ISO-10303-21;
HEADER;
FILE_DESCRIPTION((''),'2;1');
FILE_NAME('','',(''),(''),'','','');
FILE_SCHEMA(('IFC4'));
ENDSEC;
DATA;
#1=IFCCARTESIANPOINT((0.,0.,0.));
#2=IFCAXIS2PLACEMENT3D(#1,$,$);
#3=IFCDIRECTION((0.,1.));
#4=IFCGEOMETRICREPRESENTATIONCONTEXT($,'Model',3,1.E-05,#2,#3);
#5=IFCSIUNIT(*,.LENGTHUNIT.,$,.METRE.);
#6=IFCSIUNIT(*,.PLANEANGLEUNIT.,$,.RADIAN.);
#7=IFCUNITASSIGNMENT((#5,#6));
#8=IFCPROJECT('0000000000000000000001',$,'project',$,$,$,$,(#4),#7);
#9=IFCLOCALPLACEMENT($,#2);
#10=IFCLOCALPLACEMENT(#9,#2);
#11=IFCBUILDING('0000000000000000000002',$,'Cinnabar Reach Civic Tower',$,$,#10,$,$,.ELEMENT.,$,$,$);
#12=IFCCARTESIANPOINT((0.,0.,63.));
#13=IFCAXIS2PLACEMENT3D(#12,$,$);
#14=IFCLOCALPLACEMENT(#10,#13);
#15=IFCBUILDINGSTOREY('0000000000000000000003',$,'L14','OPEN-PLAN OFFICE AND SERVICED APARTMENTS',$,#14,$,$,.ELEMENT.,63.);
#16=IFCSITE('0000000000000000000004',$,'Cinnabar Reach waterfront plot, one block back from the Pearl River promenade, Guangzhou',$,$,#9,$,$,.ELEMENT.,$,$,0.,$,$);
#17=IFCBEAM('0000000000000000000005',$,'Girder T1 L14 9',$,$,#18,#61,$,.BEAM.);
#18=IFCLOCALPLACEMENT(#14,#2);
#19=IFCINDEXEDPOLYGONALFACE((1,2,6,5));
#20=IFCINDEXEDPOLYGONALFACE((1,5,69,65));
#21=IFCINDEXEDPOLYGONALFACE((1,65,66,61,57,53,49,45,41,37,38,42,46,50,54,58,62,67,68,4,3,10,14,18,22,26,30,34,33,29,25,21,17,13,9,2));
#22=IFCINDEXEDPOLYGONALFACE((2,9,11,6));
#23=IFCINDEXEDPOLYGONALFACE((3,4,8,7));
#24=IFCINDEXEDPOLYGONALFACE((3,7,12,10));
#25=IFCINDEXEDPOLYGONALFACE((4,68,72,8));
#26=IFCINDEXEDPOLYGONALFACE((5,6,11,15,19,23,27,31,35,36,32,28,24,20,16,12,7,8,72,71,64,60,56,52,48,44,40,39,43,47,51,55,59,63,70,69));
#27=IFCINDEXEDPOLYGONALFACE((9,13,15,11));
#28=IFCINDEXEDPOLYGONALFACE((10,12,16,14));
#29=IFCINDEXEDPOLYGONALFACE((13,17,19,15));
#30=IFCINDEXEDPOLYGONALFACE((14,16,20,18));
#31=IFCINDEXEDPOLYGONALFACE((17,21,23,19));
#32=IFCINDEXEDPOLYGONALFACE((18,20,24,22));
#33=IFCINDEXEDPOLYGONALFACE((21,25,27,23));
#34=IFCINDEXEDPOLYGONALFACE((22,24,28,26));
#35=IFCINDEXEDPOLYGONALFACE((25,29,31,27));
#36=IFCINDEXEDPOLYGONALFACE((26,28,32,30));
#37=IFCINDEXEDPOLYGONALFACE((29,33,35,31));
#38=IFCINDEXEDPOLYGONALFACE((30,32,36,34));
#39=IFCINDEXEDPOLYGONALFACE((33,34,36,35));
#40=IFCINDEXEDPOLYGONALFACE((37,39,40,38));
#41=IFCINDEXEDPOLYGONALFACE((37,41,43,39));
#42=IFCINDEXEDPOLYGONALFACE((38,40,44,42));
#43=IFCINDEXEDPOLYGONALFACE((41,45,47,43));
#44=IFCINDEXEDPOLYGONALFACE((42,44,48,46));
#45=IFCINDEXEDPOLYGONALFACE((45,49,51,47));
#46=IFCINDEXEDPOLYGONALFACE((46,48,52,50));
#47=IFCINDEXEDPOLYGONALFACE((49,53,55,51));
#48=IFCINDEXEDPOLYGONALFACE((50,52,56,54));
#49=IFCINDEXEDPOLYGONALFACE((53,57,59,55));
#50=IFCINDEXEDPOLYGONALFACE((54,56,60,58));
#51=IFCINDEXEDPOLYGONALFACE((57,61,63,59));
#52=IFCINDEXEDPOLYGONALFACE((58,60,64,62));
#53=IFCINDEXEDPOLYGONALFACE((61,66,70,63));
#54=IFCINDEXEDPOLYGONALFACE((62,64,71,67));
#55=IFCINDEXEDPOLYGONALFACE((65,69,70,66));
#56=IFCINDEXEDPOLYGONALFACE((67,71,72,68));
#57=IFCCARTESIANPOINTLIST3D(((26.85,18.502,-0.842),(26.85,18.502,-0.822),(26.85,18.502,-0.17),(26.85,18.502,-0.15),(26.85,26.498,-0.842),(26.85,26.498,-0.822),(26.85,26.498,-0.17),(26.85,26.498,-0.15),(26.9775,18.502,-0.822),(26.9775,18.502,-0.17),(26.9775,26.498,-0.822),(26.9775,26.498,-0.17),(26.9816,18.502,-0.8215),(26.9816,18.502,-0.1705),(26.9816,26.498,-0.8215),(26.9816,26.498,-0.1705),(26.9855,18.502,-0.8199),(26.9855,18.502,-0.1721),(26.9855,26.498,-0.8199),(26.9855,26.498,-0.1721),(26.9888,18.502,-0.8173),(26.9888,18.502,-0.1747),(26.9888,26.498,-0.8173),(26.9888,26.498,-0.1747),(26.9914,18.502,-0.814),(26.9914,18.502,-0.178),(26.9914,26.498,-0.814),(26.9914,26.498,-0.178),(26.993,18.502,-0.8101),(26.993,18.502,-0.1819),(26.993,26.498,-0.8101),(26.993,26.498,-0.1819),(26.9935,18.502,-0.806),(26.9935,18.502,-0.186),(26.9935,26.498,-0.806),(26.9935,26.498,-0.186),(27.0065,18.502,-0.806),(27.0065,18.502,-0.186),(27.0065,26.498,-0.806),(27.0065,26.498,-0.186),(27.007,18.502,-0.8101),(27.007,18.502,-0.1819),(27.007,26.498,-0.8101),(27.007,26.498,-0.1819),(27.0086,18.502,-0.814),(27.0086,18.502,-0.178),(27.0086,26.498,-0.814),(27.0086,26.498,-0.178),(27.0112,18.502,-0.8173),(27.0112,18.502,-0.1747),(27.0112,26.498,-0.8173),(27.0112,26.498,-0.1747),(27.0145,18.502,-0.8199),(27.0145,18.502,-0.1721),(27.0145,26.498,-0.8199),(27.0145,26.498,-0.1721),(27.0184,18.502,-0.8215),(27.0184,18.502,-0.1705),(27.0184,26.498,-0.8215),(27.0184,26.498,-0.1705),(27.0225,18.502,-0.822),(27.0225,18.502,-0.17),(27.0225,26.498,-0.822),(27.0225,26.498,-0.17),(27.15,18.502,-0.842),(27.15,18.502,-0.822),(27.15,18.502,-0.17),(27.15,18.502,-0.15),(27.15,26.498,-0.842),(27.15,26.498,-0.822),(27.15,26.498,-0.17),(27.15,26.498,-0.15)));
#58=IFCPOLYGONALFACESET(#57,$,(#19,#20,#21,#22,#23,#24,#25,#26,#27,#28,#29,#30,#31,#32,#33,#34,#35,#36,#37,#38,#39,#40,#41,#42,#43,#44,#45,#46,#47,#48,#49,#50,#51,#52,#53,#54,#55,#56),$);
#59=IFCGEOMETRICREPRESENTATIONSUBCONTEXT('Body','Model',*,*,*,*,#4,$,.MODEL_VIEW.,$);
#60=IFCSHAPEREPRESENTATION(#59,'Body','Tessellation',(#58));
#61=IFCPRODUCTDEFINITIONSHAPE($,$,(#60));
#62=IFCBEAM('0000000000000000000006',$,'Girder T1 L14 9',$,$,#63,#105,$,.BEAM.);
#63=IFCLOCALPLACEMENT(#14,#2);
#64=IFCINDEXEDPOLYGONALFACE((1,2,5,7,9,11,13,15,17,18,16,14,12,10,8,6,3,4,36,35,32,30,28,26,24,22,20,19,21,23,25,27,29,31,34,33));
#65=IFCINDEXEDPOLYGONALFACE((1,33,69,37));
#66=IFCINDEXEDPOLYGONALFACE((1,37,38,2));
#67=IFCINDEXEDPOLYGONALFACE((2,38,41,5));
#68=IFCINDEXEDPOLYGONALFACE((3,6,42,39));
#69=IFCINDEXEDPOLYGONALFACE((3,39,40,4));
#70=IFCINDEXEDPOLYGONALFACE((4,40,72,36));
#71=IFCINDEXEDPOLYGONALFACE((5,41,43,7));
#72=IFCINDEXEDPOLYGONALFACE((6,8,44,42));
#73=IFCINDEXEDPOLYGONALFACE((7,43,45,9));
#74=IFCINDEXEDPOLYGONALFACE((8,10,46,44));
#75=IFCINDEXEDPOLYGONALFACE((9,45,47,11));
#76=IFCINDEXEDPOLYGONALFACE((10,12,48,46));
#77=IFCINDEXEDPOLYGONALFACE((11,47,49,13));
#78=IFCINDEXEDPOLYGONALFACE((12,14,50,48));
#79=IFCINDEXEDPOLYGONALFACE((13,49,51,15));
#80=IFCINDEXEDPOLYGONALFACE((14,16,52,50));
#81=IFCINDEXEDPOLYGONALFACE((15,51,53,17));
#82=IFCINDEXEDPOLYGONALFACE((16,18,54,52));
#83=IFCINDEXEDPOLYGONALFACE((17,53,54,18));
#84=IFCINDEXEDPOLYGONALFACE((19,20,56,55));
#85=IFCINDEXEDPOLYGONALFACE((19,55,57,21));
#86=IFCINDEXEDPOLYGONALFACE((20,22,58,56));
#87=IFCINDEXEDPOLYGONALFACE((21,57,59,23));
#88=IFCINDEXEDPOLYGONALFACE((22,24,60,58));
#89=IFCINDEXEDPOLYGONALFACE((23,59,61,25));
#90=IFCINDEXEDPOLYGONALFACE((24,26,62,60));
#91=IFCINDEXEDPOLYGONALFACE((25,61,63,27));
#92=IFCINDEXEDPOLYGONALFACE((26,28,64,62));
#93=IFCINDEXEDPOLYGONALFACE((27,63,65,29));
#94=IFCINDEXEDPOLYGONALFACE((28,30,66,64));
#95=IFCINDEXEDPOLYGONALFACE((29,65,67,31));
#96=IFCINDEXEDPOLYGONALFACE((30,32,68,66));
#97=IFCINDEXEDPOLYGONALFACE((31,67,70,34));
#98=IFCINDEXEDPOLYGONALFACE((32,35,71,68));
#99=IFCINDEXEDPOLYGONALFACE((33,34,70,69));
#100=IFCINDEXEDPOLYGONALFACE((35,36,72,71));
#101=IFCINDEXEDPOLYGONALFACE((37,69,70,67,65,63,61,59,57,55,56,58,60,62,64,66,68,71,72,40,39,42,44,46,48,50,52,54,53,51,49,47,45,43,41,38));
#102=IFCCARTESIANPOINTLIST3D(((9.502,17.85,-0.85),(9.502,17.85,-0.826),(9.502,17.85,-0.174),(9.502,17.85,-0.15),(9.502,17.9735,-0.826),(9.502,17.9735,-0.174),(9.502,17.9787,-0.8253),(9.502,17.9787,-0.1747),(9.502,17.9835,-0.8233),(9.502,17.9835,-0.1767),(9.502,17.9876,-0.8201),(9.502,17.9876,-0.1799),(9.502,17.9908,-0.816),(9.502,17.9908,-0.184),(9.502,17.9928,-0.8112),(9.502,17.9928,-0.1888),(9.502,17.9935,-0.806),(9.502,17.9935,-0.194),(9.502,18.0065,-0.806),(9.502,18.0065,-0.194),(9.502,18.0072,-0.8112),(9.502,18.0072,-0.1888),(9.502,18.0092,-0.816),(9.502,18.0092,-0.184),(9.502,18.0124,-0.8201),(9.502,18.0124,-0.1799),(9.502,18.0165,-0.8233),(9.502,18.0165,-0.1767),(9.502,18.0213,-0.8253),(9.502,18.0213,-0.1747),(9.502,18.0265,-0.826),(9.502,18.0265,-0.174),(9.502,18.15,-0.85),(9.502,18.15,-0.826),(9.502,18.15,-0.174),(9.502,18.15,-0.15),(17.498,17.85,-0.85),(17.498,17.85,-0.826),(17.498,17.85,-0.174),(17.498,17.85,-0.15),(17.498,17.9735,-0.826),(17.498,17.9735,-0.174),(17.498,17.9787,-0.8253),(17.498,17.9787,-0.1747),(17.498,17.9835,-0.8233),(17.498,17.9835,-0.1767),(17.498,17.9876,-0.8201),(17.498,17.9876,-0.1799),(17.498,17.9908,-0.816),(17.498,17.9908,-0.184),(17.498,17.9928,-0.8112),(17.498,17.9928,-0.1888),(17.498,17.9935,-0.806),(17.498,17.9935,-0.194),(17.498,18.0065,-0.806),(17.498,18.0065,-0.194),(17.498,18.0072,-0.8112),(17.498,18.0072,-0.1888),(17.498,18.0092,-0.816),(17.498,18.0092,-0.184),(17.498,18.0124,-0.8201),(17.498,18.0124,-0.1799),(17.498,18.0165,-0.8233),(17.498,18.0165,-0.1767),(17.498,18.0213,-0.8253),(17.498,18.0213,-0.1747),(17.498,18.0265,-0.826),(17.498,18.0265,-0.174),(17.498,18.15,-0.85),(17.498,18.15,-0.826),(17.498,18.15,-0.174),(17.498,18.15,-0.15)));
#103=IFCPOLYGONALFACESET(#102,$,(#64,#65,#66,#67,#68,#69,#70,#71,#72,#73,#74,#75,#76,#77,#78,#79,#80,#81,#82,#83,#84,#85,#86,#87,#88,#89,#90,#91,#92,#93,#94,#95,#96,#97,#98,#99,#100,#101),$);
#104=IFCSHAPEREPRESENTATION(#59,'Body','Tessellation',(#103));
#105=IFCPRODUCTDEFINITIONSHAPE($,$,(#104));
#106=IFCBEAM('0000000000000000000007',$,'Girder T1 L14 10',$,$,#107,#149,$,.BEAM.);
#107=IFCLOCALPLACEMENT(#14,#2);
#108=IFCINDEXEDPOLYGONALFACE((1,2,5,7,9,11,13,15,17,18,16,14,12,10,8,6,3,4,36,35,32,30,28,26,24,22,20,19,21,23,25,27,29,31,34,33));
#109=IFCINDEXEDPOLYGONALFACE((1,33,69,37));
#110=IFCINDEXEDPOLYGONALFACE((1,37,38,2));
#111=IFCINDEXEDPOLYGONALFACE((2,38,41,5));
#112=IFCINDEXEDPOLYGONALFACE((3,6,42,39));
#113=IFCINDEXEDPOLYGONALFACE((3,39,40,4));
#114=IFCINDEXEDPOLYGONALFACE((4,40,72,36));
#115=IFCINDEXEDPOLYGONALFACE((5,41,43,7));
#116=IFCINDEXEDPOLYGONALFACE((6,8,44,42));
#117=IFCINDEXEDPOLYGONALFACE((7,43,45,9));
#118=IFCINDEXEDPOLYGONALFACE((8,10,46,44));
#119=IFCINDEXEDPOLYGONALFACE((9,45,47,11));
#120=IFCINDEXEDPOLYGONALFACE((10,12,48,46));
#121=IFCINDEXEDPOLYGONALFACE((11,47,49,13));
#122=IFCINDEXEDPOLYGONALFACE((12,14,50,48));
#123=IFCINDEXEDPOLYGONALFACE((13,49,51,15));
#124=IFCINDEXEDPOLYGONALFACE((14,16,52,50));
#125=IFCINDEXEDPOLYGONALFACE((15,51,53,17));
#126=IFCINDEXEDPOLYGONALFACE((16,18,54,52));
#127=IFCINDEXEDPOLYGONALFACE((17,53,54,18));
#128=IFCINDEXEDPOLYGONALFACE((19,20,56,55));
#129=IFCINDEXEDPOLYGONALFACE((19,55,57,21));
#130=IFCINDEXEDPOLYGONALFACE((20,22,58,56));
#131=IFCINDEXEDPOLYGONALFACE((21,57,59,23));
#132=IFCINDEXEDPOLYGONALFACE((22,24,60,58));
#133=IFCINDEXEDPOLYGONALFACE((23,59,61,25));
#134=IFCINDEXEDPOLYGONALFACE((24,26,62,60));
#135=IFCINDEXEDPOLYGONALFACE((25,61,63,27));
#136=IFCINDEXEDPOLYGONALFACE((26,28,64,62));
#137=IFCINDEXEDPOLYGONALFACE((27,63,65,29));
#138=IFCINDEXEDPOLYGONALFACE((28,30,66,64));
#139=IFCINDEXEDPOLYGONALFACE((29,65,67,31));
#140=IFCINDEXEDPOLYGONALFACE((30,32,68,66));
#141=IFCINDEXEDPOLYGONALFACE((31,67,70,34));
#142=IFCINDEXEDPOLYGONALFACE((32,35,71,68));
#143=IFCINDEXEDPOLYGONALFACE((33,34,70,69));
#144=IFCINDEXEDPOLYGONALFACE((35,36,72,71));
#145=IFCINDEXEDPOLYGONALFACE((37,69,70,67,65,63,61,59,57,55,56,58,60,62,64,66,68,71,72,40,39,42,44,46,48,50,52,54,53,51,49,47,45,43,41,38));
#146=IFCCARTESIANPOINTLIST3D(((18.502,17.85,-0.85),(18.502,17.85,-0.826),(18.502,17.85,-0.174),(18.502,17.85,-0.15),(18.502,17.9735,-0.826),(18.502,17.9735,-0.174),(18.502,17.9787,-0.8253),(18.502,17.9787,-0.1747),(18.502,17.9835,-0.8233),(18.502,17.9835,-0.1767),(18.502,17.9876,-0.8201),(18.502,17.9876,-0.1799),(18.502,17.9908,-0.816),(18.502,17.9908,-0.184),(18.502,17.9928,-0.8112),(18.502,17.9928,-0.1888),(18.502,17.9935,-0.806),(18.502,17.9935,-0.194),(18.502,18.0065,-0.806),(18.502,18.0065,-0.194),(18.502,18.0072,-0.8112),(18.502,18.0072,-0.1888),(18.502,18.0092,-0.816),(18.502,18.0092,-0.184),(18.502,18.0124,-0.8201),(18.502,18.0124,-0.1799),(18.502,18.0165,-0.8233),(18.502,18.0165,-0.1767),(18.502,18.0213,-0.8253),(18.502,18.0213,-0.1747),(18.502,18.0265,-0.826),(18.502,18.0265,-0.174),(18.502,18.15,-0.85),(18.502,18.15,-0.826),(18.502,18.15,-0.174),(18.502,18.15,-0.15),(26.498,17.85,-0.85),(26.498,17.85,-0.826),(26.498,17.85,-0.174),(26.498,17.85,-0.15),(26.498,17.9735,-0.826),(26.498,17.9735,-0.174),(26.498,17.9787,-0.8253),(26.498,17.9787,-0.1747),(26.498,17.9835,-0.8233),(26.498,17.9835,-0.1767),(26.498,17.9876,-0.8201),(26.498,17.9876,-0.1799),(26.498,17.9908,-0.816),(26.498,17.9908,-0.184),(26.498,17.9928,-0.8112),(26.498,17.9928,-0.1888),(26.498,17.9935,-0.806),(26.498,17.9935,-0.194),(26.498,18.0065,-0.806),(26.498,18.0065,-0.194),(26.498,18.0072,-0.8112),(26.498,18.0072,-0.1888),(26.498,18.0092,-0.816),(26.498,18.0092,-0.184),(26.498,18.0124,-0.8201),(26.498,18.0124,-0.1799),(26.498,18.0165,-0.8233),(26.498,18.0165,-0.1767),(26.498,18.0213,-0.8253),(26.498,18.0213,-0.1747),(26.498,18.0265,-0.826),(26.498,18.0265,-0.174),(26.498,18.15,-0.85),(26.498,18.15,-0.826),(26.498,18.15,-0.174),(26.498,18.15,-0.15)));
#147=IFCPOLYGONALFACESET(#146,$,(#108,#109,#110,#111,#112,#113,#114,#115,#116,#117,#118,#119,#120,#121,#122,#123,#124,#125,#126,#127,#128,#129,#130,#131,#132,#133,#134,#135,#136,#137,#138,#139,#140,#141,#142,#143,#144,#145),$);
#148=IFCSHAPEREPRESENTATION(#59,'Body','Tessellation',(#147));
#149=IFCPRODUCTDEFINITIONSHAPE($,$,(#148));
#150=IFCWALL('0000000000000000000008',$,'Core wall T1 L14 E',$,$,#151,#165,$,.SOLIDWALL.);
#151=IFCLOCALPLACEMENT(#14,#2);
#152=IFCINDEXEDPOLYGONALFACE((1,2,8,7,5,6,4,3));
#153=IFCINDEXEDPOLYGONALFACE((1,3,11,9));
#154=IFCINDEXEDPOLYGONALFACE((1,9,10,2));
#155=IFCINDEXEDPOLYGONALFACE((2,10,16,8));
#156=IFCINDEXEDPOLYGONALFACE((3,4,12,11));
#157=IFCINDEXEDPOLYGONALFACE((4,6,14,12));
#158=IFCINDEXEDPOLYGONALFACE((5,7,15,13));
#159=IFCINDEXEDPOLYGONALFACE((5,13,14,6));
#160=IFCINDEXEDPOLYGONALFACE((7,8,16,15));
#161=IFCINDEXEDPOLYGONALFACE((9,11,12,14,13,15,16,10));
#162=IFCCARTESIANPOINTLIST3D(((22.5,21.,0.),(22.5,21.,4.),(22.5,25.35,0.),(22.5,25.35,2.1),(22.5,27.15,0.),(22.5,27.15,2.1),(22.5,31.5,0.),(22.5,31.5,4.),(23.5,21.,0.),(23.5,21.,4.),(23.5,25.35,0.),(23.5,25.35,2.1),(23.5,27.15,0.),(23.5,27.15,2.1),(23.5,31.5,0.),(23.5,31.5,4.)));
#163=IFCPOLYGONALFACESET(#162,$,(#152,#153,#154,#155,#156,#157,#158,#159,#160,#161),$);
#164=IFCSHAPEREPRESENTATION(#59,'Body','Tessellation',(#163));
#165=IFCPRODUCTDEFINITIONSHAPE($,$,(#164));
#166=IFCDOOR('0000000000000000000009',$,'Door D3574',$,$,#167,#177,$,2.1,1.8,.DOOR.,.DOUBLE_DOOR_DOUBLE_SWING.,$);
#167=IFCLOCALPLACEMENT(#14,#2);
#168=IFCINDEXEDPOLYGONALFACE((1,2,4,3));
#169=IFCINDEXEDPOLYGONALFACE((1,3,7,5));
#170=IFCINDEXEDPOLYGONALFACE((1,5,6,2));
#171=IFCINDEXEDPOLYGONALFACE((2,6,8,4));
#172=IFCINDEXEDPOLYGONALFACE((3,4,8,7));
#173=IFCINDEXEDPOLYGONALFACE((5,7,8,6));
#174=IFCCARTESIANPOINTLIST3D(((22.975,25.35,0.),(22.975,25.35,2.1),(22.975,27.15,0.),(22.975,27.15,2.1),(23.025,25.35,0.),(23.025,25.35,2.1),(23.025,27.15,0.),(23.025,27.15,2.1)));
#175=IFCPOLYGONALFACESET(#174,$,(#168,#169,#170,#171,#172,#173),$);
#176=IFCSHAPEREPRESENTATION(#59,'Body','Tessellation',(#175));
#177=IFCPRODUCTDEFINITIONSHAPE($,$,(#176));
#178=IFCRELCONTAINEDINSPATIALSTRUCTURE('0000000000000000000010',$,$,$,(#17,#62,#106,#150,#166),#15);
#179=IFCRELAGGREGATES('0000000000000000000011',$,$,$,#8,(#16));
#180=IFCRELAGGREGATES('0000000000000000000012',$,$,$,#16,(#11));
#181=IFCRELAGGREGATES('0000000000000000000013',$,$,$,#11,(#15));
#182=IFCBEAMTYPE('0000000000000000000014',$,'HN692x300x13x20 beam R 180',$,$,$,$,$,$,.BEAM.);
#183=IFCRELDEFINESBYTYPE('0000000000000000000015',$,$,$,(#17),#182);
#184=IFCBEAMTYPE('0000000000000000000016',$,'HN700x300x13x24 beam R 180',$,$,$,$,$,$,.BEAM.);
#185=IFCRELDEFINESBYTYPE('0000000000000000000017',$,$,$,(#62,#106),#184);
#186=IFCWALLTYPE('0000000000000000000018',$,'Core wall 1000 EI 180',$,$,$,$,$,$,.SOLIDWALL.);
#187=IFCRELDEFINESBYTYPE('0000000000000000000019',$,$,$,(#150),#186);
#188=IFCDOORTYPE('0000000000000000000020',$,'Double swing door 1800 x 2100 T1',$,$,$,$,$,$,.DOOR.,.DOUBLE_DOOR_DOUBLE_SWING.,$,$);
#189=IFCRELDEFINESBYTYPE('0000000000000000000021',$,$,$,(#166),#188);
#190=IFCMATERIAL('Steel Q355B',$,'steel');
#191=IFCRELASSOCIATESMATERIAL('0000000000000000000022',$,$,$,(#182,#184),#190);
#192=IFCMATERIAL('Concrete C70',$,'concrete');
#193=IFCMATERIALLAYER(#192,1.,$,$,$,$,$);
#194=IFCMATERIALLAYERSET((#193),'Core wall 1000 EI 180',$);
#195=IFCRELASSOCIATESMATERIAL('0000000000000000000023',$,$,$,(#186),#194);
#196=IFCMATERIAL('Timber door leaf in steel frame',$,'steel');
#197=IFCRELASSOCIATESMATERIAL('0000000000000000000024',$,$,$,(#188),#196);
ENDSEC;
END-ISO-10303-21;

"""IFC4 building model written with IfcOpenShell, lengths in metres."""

from ifc_helpers import new_model, si_unit, direction, frame, frame_2d, origin, origin_2d, place, context, subcontext, project, spatial, rectangle, i_section, extrude, material, layer, layer_set, material_profile, profile_set, type_object, element, fill, save


model = new_model("IFC4")

# Units and contexts
model_context = context("Model", 3, precision=1e-05, world=origin(), true_north=direction((0.0, 1.0)))
body_context = subcontext(model_context, "Body", "Model", "MODEL_VIEW")
ifc_project = project(units=[si_unit("LENGTHUNIT", "METRE"), si_unit("PLANEANGLEUNIT", "RADIAN")], contexts=[model_context])

# Site, building, storey
site_placement = place(None, origin())
site = spatial("IfcSite", under=ifc_project, at=site_placement, Name="Cinnabar Reach waterfront plot, one block back from the Pearl River promenade, Guangzhou", CompositionType="ELEMENT", RefElevation=0.0)
building_placement = place(site_placement, origin())
building = spatial("IfcBuilding", under=site, at=building_placement, Name="Cinnabar Reach Civic Tower", CompositionType="ELEMENT")
storey_placement = place(building_placement, frame((0.0, 0.0, 63.0)))
storey = spatial("IfcBuildingStorey", under=building, at=storey_placement, Name="L14", Description="OPEN-PLAN OFFICE AND SERVICED APARTMENTS", CompositionType="ELEMENT", Elevation=63.0)

# Shared definitions
ifc_material_1 = material(Name="Concrete C70", Category="concrete")

# Beams
ifc_material_2 = material(Name="Steel Q355B", Category="steel")
ifc_material_profile_1 = material_profile(ifc_material_2, i_section(OverallWidth=0.3, OverallDepth=0.692, WebThickness=0.013, FlangeThickness=0.02, FilletRadius=0.016, at=origin_2d()), Name="HN692x300x13x20")
ifc_profile_set_1 = profile_set([ifc_material_profile_1], Name="Steel Q355B")
beam_type_1 = type_object("IfcBeamType", Name="HN692x300x13x20 beam R 180", PredefinedType="BEAM", material=ifc_profile_set_1)
beam_1_placement = place(storey_placement, frame((27.0, 18.502, -0.496), z_axis=(0.0, 1.0, 0.0), x_axis=(-1.0, 0.0, 0.0)))
element("IfcBeam", 1, at=beam_1_placement, inside=storey, type_object=beam_type_1, Name="Girder T1 L14 9", PredefinedType="BEAM", context=body_context, shape_type="SweptSolid", body=[
    extrude(i_section(OverallWidth=0.3, OverallDepth=0.692, WebThickness=0.013, FlangeThickness=0.02, FilletRadius=0.016, at=origin_2d()), origin(), (0.0, 0.0, 1.0), 7.996),
])
ifc_material_profile_2 = material_profile(ifc_material_2, i_section(OverallWidth=0.3, OverallDepth=0.7, WebThickness=0.013, FlangeThickness=0.024, FilletRadius=0.02, at=origin_2d()), Name="HN700x300x13x24")
ifc_profile_set_2 = profile_set([ifc_material_profile_2], Name="Steel Q355B")
beam_type_2 = type_object("IfcBeamType", Name="HN700x300x13x24 beam R 180", PredefinedType="BEAM", material=ifc_profile_set_2)
for number, where, z_axis, x_axis, name in (
    (2, (9.502, 18.0, -0.5), (1.0, 0.0, 0.0), (0.0, 1.0, 0.0), "Girder T1 L14 9"),
    (3, (18.502, 18.0, -0.5), (1.0, 0.0, 0.0), (0.0, 1.0, 0.0), "Girder T1 L14 10"),
):
    element("IfcBeam", number, at=place(storey_placement, frame(where, z_axis=z_axis, x_axis=x_axis)), inside=storey, type_object=beam_type_2, Name=name, PredefinedType="BEAM", context=body_context, shape_type="SweptSolid", body=[
        extrude(i_section(OverallWidth=0.3, OverallDepth=0.7, WebThickness=0.013, FlangeThickness=0.024, FilletRadius=0.02, at=origin_2d()), origin(), (0.0, 0.0, 1.0), 7.996),
    ])

# Wall, opening, door
ifc_layer_1 = layer(ifc_material_1, 1.0)
ifc_layer_set_1 = layer_set([ifc_layer_1], Name="Core wall 1000 EI 180")
wall_type_1 = type_object("IfcWallType", Name="Core wall 1000 EI 180", PredefinedType="SOLIDWALL", material=ifc_layer_set_1)
wall_1_placement = place(storey_placement, frame((23.0, 21.0, 0.0), z_axis=(0.0, 0.0, 1.0), x_axis=(0.0, 1.0, 0.0)))
wall_1 = element("IfcWall", 4, at=wall_1_placement, inside=storey, type_object=wall_type_1, Name="Core wall T1 L14 E", PredefinedType="SOLIDWALL", context=body_context, shape_type="SweptSolid", body=[
    extrude(rectangle(XDim=10.5, YDim=1.0, at=frame_2d((5.25, 0.0))), origin(), (0.0, 0.0, 1.0), 4.0),
])
opening_1_placement = place(wall_1_placement, frame((4.35, 0.0, 0.0)))
opening_1 = element("IfcOpeningElement", 5, at=opening_1_placement, cuts=wall_1, PredefinedType="OPENING", context=body_context, shape_type="SweptSolid", body=[
    extrude(rectangle(XDim=1.8, YDim=2.1, at=frame_2d((0.9, 1.05))), frame((0.0, 0.51, 0.0), z_axis=(0.0, -1.0, 0.0), x_axis=(1.0, 0.0, 0.0)), (0.0, 0.0, 1.0), 1.02),
])
ifc_material_3 = material(Name="Timber door leaf in steel frame", Category="steel")
door_type_1 = type_object("IfcDoorType", Name="Double swing door 1800 x 2100 T1", OperationType="DOUBLE_DOOR_DOUBLE_SWING", PredefinedType="DOOR", material=ifc_material_3)
door_1_placement = place(opening_1_placement, origin())
door_1 = element("IfcDoor", 6, at=door_1_placement, inside=storey, type_object=door_type_1, Name="Door D3574", OperationType="DOUBLE_DOOR_DOUBLE_SWING", OverallHeight=2.1, OverallWidth=1.8, PredefinedType="DOOR", context=body_context, shape_type="SweptSolid", body=[
    extrude(rectangle(XDim=1.8, YDim=2.1, at=frame_2d((0.9, 1.05))), frame((0.0, 0.025, 0.0), z_axis=(0.0, -1.0, 0.0), x_axis=(1.0, 0.0, 0.0)), (0.0, 0.0, 1.0), 0.05),
])
fill(opening_1, door_1)

save(model, "model.ifc")
